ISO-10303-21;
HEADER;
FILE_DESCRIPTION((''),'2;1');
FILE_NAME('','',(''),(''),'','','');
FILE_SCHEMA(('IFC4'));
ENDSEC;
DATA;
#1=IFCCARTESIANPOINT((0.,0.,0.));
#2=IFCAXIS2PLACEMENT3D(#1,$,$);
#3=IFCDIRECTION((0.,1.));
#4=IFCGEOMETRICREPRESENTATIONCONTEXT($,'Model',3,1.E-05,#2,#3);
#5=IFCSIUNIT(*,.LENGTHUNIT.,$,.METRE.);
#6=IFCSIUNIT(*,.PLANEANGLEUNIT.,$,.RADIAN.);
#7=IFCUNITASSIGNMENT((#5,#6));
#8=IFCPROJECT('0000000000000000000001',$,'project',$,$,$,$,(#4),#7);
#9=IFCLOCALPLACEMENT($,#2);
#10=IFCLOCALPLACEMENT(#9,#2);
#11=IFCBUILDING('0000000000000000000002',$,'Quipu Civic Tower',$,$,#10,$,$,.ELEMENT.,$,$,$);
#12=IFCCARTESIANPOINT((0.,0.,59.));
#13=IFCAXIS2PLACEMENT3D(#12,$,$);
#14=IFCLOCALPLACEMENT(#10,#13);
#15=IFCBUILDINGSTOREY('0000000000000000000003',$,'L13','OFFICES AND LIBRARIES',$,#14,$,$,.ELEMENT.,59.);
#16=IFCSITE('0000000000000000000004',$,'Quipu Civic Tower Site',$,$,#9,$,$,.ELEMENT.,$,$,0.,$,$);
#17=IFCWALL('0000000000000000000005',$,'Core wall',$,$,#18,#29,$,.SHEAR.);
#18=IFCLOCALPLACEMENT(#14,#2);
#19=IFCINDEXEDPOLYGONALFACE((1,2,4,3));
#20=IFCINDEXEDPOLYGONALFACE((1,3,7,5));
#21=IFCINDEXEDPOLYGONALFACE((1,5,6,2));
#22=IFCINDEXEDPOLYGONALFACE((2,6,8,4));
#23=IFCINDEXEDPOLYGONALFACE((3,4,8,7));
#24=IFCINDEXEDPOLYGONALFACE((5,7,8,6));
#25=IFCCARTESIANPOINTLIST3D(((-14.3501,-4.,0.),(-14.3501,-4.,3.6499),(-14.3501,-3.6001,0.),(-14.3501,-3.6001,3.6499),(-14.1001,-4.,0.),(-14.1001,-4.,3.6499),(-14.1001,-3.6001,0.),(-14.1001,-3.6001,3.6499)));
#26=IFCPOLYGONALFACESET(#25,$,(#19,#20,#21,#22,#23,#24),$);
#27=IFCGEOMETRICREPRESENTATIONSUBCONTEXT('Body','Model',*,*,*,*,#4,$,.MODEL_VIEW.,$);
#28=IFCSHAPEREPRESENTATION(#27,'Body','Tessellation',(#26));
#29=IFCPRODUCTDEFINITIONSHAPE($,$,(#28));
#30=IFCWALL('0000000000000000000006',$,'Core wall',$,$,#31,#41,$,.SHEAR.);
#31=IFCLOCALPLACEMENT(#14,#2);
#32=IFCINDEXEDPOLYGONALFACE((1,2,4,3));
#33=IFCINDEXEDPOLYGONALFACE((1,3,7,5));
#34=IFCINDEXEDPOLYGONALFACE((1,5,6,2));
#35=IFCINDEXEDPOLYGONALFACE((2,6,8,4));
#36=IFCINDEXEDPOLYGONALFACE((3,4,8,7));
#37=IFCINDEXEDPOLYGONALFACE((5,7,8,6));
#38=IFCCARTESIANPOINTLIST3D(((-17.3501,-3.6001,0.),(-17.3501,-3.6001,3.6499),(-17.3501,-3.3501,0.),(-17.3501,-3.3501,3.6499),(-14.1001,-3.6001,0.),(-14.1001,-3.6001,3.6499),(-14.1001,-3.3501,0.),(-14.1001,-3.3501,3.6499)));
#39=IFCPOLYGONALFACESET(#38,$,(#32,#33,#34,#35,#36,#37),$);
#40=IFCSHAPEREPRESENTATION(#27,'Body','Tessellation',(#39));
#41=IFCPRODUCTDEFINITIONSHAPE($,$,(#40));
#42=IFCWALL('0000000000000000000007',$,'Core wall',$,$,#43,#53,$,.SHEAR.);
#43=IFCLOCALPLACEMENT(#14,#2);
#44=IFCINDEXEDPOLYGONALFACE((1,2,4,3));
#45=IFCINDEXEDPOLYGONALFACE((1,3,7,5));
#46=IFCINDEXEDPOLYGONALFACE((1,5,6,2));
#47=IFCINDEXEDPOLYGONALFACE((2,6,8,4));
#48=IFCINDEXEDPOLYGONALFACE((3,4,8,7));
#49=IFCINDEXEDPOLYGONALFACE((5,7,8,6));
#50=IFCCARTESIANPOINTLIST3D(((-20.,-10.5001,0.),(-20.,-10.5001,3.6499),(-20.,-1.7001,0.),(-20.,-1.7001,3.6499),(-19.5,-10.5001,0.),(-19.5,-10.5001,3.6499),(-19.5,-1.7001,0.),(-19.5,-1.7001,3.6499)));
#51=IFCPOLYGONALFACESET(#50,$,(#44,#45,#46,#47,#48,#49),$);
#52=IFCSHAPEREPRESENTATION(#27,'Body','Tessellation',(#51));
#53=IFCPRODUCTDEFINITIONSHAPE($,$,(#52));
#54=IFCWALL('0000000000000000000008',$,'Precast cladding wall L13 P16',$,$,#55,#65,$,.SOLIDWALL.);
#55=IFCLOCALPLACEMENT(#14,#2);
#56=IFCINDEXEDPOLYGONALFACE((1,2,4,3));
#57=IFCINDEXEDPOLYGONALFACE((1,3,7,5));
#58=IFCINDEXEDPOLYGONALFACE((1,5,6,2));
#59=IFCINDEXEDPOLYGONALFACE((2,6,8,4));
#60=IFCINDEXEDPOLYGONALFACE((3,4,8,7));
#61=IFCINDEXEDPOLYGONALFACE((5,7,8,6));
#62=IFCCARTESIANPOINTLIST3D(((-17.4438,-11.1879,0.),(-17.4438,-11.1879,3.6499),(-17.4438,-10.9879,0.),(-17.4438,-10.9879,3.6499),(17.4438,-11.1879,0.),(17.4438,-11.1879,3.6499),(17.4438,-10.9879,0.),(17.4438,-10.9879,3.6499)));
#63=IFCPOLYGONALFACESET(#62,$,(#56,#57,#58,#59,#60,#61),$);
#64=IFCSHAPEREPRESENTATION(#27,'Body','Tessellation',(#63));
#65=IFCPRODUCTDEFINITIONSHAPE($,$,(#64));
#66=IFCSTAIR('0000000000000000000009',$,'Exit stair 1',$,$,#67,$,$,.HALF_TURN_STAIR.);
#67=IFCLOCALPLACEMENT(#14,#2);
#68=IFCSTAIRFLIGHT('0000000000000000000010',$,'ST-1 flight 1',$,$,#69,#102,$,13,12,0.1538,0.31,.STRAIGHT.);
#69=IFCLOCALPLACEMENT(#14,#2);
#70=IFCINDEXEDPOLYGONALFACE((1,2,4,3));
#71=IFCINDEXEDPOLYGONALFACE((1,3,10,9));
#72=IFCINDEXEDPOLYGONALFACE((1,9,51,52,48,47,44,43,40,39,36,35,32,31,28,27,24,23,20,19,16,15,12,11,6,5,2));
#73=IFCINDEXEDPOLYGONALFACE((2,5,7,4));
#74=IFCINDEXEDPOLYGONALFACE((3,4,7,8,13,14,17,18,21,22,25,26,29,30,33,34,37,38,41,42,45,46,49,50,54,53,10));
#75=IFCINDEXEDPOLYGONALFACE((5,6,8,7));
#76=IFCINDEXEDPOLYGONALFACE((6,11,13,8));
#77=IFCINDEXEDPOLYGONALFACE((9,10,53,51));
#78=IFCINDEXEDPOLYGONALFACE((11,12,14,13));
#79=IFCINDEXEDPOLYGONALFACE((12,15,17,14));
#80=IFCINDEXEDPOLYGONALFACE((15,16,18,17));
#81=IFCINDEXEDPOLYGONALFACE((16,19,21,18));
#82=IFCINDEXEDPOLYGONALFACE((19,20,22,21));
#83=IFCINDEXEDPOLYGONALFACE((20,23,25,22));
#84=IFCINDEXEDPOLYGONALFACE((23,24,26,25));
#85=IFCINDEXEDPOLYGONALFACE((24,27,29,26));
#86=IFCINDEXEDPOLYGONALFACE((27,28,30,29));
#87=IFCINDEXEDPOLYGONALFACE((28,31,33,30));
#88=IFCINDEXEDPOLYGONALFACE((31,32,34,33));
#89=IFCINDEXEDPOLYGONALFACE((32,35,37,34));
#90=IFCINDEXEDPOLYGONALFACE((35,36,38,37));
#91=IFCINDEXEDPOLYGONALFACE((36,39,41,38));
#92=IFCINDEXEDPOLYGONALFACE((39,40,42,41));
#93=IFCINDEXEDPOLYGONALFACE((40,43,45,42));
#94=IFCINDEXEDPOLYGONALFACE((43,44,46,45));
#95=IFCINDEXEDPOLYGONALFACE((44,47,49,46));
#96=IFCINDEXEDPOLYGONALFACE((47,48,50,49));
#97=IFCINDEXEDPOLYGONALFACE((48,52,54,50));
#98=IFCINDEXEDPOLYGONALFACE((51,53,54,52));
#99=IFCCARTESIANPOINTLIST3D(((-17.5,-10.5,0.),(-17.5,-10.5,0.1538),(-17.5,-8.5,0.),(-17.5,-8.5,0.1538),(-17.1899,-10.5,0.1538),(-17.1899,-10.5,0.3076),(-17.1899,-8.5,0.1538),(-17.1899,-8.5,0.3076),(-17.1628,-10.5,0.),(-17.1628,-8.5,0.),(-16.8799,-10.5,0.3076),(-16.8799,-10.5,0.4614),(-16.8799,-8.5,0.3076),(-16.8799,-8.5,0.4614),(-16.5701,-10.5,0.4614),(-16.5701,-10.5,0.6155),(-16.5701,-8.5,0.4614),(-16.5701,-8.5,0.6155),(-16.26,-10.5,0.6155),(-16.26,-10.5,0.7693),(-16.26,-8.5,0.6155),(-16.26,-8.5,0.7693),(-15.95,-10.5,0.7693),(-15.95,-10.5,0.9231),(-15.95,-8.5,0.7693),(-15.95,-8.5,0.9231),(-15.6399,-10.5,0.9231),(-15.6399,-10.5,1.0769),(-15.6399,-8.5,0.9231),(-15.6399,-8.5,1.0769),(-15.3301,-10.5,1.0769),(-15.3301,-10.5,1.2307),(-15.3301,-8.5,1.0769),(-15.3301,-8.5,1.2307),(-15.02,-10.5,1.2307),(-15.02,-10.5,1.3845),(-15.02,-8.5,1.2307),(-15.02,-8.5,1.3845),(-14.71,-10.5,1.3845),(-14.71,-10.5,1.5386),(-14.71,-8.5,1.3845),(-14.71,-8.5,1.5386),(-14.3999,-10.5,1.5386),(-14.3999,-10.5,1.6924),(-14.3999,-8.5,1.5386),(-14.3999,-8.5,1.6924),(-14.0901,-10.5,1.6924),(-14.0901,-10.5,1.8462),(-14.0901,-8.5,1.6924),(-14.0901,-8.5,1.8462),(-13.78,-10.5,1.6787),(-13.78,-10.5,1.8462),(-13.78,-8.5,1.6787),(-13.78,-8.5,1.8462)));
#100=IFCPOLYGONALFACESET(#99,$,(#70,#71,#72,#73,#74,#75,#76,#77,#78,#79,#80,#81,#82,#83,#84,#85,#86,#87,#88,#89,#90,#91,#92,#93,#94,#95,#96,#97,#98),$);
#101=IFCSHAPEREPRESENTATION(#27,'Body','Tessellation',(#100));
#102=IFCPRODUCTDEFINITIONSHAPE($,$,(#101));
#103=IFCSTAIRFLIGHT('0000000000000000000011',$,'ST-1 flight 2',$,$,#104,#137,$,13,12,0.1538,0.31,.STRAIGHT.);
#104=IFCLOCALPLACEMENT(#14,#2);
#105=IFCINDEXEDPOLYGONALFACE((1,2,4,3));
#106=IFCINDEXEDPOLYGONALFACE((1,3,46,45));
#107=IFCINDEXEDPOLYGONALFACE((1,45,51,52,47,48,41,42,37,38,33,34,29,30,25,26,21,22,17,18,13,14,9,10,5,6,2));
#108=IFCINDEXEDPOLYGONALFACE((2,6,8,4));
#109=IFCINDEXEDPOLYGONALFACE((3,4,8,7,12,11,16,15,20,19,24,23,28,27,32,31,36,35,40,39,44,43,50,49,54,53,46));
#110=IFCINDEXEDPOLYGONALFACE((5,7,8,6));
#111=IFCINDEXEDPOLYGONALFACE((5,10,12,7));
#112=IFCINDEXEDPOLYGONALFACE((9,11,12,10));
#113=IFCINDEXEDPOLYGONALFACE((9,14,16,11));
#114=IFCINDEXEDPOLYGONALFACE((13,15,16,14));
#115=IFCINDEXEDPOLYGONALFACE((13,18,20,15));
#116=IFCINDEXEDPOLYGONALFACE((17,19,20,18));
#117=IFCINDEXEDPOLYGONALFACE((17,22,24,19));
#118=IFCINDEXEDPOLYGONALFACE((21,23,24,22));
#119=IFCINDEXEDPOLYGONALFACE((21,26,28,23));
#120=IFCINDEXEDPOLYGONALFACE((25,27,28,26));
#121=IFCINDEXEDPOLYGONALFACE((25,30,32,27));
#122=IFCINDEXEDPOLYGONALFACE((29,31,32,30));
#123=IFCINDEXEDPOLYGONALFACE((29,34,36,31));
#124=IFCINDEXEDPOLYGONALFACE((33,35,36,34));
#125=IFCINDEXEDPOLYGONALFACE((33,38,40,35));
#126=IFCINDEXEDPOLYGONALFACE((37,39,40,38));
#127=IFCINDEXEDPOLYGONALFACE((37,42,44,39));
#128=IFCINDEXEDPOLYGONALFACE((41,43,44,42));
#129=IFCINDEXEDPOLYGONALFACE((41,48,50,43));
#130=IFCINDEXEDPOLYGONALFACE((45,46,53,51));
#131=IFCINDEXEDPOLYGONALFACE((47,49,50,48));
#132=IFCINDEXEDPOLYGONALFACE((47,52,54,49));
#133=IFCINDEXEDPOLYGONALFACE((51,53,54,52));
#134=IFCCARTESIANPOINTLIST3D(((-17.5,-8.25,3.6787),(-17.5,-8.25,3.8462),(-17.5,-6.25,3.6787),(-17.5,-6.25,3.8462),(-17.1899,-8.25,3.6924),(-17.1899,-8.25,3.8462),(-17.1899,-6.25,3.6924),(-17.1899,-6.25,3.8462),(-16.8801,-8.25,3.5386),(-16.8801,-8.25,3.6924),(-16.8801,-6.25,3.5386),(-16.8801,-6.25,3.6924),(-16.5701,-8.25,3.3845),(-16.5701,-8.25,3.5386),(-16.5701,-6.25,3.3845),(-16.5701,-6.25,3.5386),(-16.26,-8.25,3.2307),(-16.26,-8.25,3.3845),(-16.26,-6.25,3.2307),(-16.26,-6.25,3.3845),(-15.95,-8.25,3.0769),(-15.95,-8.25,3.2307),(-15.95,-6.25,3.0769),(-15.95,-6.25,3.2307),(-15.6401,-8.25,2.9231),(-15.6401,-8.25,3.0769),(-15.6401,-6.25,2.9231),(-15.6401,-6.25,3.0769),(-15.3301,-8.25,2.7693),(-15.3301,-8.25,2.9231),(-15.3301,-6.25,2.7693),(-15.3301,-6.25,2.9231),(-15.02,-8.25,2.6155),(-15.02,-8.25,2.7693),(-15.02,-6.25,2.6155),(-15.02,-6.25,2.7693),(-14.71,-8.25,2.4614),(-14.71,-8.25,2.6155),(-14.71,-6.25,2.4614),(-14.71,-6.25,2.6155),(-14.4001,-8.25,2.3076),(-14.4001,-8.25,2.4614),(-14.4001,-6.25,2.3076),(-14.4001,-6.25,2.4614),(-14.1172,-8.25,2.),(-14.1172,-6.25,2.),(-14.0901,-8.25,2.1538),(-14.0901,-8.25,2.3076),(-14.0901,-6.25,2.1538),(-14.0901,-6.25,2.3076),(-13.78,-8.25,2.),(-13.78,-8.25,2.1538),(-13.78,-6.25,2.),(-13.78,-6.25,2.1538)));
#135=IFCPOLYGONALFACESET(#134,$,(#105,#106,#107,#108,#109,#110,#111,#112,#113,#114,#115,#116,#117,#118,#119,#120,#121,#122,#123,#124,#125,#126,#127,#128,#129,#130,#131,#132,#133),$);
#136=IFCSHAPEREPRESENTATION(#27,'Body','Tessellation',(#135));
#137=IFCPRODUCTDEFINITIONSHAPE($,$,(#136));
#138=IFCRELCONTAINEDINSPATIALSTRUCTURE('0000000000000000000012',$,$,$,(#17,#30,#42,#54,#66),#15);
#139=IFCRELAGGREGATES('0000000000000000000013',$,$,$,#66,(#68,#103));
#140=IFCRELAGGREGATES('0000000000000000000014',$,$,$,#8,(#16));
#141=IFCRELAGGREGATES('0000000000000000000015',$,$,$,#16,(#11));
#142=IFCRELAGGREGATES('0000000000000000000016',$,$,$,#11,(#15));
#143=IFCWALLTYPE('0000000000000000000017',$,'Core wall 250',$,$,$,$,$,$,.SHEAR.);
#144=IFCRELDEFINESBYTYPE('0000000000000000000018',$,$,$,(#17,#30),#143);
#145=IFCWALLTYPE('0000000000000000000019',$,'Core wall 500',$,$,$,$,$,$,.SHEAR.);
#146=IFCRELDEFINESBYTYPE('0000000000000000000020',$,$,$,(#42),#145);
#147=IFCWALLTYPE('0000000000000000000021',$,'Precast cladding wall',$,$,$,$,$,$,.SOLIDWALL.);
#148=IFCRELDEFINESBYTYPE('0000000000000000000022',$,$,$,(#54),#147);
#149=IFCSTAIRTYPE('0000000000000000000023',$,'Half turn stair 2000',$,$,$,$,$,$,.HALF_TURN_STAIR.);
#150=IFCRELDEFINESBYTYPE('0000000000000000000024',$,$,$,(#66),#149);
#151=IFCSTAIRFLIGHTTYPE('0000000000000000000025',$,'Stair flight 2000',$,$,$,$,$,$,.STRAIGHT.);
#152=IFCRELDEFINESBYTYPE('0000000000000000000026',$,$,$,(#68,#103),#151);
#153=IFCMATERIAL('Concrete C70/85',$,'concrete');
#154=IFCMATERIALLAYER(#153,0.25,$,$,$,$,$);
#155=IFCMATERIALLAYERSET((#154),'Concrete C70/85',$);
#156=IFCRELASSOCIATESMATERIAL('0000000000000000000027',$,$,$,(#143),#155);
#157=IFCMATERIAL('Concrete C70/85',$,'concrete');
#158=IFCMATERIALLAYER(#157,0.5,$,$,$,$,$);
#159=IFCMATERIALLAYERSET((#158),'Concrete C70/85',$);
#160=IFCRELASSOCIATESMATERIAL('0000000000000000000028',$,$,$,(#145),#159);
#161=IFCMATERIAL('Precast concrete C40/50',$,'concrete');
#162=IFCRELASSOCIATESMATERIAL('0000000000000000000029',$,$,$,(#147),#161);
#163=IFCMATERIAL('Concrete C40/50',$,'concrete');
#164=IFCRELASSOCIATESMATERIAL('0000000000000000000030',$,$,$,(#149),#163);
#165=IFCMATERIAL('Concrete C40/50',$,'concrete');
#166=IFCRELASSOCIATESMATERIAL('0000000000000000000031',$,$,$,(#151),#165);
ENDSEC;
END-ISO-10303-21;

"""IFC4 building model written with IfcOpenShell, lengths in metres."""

from ifc_helpers import new_model, si_unit, direction, frame, frame_2d, origin, place, context, subcontext, project, spatial, polyline, rectangle, outline, extrude, material, layer, layer_set, type_object, element, aggregate, save


model = new_model("IFC4")

# Units and contexts
model_context = context("Model", 3, precision=1e-05, world=origin(), true_north=direction((0.0, 1.0)))
body_context = subcontext(model_context, "Body", "Model", "MODEL_VIEW")
ifc_project = project(units=[si_unit("LENGTHUNIT", "METRE"), si_unit("PLANEANGLEUNIT", "RADIAN")], contexts=[model_context])

# Site, building, storey
site_placement = place(None, origin())
site = spatial("IfcSite", under=ifc_project, at=site_placement, Name="Quipu Civic Tower Site", CompositionType="ELEMENT", RefElevation=0.0)
building_placement = place(site_placement, origin())
building = spatial("IfcBuilding", under=site, at=building_placement, Name="Quipu Civic Tower", CompositionType="ELEMENT")
storey_placement = place(building_placement, frame((0.0, 0.0, 59.0)))
storey = spatial("IfcBuildingStorey", under=building, at=storey_placement, Name="L13", Description="OFFICES AND LIBRARIES", CompositionType="ELEMENT", Elevation=59.0)

# Shared definitions
ifc_material_1 = material(Name="Concrete C70/85", Category="concrete")
ifc_layer_1 = layer(ifc_material_1, 0.25)
ifc_layer_set_1 = layer_set([ifc_layer_1], Name="Concrete C70/85")
wall_type_1 = type_object("IfcWallType", Name="Core wall 250", PredefinedType="SHEAR", material=ifc_layer_set_1)

# Walls
wall_1_placement = place(storey_placement, frame((-14.2251, -4.0, 0.0), z_axis=(0.0, 0.0, 1.0), x_axis=(0.0, 1.0, 0.0)))
element("IfcWall", 1, at=wall_1_placement, inside=storey, type_object=wall_type_1, Name="Core wall", PredefinedType="SHEAR", context=body_context, shape_type="SweptSolid", body=[
    extrude(rectangle(XDim=0.3999, YDim=0.25, at=frame_2d((0.2, 0.0))), origin(), (0.0, 0.0, 1.0), 3.6499),
])
wall_2_placement = place(storey_placement, frame((-17.3501, -3.4751, 0.0), z_axis=(0.0, 0.0, 1.0), x_axis=(1.0, 0.0, 0.0)))
element("IfcWall", 2, at=wall_2_placement, inside=storey, type_object=wall_type_1, Name="Core wall", PredefinedType="SHEAR", context=body_context, shape_type="SweptSolid", body=[
    extrude(rectangle(XDim=3.25, YDim=0.25, at=frame_2d((1.625, 0.0))), origin(), (0.0, 0.0, 1.0), 3.6499),
])
ifc_material_2 = material(Name="Concrete C70/85", Category="concrete")
ifc_layer_2 = layer(ifc_material_2, 0.5)
ifc_layer_set_2 = layer_set([ifc_layer_2], Name="Concrete C70/85")
wall_type_2 = type_object("IfcWallType", Name="Core wall 500", PredefinedType="SHEAR", material=ifc_layer_set_2)
wall_3_placement = place(storey_placement, frame((-19.75, -10.5, 0.0), z_axis=(0.0, 0.0, 1.0), x_axis=(0.0, 1.0, 0.0)))
element("IfcWall", 3, at=wall_3_placement, inside=storey, type_object=wall_type_2, Name="Core wall", PredefinedType="SHEAR", context=body_context, shape_type="SweptSolid", body=[
    extrude(rectangle(XDim=8.8, YDim=0.5, at=frame_2d((4.3999, 0.0))), origin(), (0.0, 0.0, 1.0), 3.6499),
])
ifc_material_3 = material(Name="Precast concrete C40/50", Category="concrete")
wall_type_3 = type_object("IfcWallType", Name="Precast cladding wall", PredefinedType="SOLIDWALL", material=ifc_material_3)
wall_4_placement = place(storey_placement, frame((-17.4438, -11.0879, 0.0), z_axis=(0.0, 0.0, 1.0), x_axis=(1.0, 0.0, 0.0)))
element("IfcWall", 4, at=wall_4_placement, inside=storey, type_object=wall_type_3, Name="Precast cladding wall L13 P16", PredefinedType="SOLIDWALL", context=body_context, shape_type="SweptSolid", body=[
    extrude(rectangle(XDim=34.8877, YDim=0.2, at=frame_2d((17.4438, 0.0))), origin(), (0.0, 0.0, 1.0), 3.6499),
])

# Stair, stair flights
ifc_material_4 = material(Name="Concrete C40/50", Category="concrete")
stair_type = type_object("IfcStairType", Name="Half turn stair 2000", PredefinedType="HALF_TURN_STAIR", material=ifc_material_4)
stair_placement = place(storey_placement, origin())
stair = element("IfcStair", 5, at=stair_placement, inside=storey, type_object=stair_type, Name="Exit stair 1", PredefinedType="HALF_TURN_STAIR")
ifc_material_5 = material(Name="Concrete C40/50", Category="concrete")
stair_flight_type = type_object("IfcStairFlightType", Name="Stair flight 2000", PredefinedType="STRAIGHT", material=ifc_material_5)
stair_flight_1_placement = place(storey_placement, frame((-17.5, -9.5, 0.0), z_axis=(0.0, 0.0, 1.0), x_axis=(1.0, 0.0, 0.0)))
stair_flight_1 = element("IfcStairFlight", 6, at=stair_flight_1_placement, type_object=stair_flight_type, Name="ST-1 flight 1", NumberOfRisers=13, NumberOfTreads=12, PredefinedType="STRAIGHT", RiserHeight=0.1538, TreadLength=0.31, context=body_context, shape_type="SweptSolid", body=[
    extrude(outline(polyline([(0.0, 0.0), (0.0, 0.1538), (0.3101, 0.1538), (0.3101, 0.3076), (0.6201, 0.3076), (0.6201, 0.4614), (0.9299, 0.4614), (0.9299, 0.6155), (1.24, 0.6155), (1.24, 0.7693), (1.55, 0.7693), (1.55, 0.9231), (1.8601, 0.9231), (1.8601, 1.0769), (2.1699, 1.0769), (2.1699, 1.2307), (2.48, 1.2307), (2.48, 1.3845), (2.79, 1.3845), (2.79, 1.5386), (3.1001, 1.5386), (3.1001, 1.6924), (3.4099, 1.6924), (3.4099, 1.8462), (3.72, 1.8462), (3.72, 2.0), (3.72, 1.6787), (0.3372, 0.0), (0.0, 0.0)])), frame((0.0, 1.0, 0.0), z_axis=(0.0, -1.0, 0.0), x_axis=(1.0, 0.0, 0.0)), (0.0, 0.0, 1.0), 2.0),
])
stair_flight_2_placement = place(storey_placement, frame((-13.78, -7.25, 2.0), z_axis=(0.0, 0.0, 1.0), x_axis=(-1.0, 0.0, 0.0)))
stair_flight_2 = element("IfcStairFlight", 7, at=stair_flight_2_placement, type_object=stair_flight_type, Name="ST-1 flight 2", NumberOfRisers=13, NumberOfTreads=12, PredefinedType="STRAIGHT", RiserHeight=0.1538, TreadLength=0.31, context=body_context, shape_type="SweptSolid", body=[
    extrude(outline(polyline([(0.0, 0.0), (0.0, 0.1538), (0.3101, 0.1538), (0.3101, 0.3076), (0.6201, 0.3076), (0.6201, 0.4614), (0.9299, 0.4614), (0.9299, 0.6155), (1.24, 0.6155), (1.24, 0.7693), (1.55, 0.7693), (1.55, 0.9231), (1.8601, 0.9231), (1.8601, 1.0769), (2.1699, 1.0769), (2.1699, 1.2307), (2.48, 1.2307), (2.48, 1.3845), (2.79, 1.3845), (2.79, 1.5386), (3.1001, 1.5386), (3.1001, 1.6924), (3.4099, 1.6924), (3.4099, 1.8462), (3.72, 1.8462), (3.72, 2.0), (3.72, 1.6787), (0.3372, 0.0), (0.0, 0.0)])), frame((0.0, 1.0, 0.0), z_axis=(0.0, -1.0, 0.0), x_axis=(1.0, 0.0, 0.0)), (0.0, 0.0, 1.0), 2.0),
])
aggregate(stair, [stair_flight_1, stair_flight_2])

save(model, "model.ifc")
